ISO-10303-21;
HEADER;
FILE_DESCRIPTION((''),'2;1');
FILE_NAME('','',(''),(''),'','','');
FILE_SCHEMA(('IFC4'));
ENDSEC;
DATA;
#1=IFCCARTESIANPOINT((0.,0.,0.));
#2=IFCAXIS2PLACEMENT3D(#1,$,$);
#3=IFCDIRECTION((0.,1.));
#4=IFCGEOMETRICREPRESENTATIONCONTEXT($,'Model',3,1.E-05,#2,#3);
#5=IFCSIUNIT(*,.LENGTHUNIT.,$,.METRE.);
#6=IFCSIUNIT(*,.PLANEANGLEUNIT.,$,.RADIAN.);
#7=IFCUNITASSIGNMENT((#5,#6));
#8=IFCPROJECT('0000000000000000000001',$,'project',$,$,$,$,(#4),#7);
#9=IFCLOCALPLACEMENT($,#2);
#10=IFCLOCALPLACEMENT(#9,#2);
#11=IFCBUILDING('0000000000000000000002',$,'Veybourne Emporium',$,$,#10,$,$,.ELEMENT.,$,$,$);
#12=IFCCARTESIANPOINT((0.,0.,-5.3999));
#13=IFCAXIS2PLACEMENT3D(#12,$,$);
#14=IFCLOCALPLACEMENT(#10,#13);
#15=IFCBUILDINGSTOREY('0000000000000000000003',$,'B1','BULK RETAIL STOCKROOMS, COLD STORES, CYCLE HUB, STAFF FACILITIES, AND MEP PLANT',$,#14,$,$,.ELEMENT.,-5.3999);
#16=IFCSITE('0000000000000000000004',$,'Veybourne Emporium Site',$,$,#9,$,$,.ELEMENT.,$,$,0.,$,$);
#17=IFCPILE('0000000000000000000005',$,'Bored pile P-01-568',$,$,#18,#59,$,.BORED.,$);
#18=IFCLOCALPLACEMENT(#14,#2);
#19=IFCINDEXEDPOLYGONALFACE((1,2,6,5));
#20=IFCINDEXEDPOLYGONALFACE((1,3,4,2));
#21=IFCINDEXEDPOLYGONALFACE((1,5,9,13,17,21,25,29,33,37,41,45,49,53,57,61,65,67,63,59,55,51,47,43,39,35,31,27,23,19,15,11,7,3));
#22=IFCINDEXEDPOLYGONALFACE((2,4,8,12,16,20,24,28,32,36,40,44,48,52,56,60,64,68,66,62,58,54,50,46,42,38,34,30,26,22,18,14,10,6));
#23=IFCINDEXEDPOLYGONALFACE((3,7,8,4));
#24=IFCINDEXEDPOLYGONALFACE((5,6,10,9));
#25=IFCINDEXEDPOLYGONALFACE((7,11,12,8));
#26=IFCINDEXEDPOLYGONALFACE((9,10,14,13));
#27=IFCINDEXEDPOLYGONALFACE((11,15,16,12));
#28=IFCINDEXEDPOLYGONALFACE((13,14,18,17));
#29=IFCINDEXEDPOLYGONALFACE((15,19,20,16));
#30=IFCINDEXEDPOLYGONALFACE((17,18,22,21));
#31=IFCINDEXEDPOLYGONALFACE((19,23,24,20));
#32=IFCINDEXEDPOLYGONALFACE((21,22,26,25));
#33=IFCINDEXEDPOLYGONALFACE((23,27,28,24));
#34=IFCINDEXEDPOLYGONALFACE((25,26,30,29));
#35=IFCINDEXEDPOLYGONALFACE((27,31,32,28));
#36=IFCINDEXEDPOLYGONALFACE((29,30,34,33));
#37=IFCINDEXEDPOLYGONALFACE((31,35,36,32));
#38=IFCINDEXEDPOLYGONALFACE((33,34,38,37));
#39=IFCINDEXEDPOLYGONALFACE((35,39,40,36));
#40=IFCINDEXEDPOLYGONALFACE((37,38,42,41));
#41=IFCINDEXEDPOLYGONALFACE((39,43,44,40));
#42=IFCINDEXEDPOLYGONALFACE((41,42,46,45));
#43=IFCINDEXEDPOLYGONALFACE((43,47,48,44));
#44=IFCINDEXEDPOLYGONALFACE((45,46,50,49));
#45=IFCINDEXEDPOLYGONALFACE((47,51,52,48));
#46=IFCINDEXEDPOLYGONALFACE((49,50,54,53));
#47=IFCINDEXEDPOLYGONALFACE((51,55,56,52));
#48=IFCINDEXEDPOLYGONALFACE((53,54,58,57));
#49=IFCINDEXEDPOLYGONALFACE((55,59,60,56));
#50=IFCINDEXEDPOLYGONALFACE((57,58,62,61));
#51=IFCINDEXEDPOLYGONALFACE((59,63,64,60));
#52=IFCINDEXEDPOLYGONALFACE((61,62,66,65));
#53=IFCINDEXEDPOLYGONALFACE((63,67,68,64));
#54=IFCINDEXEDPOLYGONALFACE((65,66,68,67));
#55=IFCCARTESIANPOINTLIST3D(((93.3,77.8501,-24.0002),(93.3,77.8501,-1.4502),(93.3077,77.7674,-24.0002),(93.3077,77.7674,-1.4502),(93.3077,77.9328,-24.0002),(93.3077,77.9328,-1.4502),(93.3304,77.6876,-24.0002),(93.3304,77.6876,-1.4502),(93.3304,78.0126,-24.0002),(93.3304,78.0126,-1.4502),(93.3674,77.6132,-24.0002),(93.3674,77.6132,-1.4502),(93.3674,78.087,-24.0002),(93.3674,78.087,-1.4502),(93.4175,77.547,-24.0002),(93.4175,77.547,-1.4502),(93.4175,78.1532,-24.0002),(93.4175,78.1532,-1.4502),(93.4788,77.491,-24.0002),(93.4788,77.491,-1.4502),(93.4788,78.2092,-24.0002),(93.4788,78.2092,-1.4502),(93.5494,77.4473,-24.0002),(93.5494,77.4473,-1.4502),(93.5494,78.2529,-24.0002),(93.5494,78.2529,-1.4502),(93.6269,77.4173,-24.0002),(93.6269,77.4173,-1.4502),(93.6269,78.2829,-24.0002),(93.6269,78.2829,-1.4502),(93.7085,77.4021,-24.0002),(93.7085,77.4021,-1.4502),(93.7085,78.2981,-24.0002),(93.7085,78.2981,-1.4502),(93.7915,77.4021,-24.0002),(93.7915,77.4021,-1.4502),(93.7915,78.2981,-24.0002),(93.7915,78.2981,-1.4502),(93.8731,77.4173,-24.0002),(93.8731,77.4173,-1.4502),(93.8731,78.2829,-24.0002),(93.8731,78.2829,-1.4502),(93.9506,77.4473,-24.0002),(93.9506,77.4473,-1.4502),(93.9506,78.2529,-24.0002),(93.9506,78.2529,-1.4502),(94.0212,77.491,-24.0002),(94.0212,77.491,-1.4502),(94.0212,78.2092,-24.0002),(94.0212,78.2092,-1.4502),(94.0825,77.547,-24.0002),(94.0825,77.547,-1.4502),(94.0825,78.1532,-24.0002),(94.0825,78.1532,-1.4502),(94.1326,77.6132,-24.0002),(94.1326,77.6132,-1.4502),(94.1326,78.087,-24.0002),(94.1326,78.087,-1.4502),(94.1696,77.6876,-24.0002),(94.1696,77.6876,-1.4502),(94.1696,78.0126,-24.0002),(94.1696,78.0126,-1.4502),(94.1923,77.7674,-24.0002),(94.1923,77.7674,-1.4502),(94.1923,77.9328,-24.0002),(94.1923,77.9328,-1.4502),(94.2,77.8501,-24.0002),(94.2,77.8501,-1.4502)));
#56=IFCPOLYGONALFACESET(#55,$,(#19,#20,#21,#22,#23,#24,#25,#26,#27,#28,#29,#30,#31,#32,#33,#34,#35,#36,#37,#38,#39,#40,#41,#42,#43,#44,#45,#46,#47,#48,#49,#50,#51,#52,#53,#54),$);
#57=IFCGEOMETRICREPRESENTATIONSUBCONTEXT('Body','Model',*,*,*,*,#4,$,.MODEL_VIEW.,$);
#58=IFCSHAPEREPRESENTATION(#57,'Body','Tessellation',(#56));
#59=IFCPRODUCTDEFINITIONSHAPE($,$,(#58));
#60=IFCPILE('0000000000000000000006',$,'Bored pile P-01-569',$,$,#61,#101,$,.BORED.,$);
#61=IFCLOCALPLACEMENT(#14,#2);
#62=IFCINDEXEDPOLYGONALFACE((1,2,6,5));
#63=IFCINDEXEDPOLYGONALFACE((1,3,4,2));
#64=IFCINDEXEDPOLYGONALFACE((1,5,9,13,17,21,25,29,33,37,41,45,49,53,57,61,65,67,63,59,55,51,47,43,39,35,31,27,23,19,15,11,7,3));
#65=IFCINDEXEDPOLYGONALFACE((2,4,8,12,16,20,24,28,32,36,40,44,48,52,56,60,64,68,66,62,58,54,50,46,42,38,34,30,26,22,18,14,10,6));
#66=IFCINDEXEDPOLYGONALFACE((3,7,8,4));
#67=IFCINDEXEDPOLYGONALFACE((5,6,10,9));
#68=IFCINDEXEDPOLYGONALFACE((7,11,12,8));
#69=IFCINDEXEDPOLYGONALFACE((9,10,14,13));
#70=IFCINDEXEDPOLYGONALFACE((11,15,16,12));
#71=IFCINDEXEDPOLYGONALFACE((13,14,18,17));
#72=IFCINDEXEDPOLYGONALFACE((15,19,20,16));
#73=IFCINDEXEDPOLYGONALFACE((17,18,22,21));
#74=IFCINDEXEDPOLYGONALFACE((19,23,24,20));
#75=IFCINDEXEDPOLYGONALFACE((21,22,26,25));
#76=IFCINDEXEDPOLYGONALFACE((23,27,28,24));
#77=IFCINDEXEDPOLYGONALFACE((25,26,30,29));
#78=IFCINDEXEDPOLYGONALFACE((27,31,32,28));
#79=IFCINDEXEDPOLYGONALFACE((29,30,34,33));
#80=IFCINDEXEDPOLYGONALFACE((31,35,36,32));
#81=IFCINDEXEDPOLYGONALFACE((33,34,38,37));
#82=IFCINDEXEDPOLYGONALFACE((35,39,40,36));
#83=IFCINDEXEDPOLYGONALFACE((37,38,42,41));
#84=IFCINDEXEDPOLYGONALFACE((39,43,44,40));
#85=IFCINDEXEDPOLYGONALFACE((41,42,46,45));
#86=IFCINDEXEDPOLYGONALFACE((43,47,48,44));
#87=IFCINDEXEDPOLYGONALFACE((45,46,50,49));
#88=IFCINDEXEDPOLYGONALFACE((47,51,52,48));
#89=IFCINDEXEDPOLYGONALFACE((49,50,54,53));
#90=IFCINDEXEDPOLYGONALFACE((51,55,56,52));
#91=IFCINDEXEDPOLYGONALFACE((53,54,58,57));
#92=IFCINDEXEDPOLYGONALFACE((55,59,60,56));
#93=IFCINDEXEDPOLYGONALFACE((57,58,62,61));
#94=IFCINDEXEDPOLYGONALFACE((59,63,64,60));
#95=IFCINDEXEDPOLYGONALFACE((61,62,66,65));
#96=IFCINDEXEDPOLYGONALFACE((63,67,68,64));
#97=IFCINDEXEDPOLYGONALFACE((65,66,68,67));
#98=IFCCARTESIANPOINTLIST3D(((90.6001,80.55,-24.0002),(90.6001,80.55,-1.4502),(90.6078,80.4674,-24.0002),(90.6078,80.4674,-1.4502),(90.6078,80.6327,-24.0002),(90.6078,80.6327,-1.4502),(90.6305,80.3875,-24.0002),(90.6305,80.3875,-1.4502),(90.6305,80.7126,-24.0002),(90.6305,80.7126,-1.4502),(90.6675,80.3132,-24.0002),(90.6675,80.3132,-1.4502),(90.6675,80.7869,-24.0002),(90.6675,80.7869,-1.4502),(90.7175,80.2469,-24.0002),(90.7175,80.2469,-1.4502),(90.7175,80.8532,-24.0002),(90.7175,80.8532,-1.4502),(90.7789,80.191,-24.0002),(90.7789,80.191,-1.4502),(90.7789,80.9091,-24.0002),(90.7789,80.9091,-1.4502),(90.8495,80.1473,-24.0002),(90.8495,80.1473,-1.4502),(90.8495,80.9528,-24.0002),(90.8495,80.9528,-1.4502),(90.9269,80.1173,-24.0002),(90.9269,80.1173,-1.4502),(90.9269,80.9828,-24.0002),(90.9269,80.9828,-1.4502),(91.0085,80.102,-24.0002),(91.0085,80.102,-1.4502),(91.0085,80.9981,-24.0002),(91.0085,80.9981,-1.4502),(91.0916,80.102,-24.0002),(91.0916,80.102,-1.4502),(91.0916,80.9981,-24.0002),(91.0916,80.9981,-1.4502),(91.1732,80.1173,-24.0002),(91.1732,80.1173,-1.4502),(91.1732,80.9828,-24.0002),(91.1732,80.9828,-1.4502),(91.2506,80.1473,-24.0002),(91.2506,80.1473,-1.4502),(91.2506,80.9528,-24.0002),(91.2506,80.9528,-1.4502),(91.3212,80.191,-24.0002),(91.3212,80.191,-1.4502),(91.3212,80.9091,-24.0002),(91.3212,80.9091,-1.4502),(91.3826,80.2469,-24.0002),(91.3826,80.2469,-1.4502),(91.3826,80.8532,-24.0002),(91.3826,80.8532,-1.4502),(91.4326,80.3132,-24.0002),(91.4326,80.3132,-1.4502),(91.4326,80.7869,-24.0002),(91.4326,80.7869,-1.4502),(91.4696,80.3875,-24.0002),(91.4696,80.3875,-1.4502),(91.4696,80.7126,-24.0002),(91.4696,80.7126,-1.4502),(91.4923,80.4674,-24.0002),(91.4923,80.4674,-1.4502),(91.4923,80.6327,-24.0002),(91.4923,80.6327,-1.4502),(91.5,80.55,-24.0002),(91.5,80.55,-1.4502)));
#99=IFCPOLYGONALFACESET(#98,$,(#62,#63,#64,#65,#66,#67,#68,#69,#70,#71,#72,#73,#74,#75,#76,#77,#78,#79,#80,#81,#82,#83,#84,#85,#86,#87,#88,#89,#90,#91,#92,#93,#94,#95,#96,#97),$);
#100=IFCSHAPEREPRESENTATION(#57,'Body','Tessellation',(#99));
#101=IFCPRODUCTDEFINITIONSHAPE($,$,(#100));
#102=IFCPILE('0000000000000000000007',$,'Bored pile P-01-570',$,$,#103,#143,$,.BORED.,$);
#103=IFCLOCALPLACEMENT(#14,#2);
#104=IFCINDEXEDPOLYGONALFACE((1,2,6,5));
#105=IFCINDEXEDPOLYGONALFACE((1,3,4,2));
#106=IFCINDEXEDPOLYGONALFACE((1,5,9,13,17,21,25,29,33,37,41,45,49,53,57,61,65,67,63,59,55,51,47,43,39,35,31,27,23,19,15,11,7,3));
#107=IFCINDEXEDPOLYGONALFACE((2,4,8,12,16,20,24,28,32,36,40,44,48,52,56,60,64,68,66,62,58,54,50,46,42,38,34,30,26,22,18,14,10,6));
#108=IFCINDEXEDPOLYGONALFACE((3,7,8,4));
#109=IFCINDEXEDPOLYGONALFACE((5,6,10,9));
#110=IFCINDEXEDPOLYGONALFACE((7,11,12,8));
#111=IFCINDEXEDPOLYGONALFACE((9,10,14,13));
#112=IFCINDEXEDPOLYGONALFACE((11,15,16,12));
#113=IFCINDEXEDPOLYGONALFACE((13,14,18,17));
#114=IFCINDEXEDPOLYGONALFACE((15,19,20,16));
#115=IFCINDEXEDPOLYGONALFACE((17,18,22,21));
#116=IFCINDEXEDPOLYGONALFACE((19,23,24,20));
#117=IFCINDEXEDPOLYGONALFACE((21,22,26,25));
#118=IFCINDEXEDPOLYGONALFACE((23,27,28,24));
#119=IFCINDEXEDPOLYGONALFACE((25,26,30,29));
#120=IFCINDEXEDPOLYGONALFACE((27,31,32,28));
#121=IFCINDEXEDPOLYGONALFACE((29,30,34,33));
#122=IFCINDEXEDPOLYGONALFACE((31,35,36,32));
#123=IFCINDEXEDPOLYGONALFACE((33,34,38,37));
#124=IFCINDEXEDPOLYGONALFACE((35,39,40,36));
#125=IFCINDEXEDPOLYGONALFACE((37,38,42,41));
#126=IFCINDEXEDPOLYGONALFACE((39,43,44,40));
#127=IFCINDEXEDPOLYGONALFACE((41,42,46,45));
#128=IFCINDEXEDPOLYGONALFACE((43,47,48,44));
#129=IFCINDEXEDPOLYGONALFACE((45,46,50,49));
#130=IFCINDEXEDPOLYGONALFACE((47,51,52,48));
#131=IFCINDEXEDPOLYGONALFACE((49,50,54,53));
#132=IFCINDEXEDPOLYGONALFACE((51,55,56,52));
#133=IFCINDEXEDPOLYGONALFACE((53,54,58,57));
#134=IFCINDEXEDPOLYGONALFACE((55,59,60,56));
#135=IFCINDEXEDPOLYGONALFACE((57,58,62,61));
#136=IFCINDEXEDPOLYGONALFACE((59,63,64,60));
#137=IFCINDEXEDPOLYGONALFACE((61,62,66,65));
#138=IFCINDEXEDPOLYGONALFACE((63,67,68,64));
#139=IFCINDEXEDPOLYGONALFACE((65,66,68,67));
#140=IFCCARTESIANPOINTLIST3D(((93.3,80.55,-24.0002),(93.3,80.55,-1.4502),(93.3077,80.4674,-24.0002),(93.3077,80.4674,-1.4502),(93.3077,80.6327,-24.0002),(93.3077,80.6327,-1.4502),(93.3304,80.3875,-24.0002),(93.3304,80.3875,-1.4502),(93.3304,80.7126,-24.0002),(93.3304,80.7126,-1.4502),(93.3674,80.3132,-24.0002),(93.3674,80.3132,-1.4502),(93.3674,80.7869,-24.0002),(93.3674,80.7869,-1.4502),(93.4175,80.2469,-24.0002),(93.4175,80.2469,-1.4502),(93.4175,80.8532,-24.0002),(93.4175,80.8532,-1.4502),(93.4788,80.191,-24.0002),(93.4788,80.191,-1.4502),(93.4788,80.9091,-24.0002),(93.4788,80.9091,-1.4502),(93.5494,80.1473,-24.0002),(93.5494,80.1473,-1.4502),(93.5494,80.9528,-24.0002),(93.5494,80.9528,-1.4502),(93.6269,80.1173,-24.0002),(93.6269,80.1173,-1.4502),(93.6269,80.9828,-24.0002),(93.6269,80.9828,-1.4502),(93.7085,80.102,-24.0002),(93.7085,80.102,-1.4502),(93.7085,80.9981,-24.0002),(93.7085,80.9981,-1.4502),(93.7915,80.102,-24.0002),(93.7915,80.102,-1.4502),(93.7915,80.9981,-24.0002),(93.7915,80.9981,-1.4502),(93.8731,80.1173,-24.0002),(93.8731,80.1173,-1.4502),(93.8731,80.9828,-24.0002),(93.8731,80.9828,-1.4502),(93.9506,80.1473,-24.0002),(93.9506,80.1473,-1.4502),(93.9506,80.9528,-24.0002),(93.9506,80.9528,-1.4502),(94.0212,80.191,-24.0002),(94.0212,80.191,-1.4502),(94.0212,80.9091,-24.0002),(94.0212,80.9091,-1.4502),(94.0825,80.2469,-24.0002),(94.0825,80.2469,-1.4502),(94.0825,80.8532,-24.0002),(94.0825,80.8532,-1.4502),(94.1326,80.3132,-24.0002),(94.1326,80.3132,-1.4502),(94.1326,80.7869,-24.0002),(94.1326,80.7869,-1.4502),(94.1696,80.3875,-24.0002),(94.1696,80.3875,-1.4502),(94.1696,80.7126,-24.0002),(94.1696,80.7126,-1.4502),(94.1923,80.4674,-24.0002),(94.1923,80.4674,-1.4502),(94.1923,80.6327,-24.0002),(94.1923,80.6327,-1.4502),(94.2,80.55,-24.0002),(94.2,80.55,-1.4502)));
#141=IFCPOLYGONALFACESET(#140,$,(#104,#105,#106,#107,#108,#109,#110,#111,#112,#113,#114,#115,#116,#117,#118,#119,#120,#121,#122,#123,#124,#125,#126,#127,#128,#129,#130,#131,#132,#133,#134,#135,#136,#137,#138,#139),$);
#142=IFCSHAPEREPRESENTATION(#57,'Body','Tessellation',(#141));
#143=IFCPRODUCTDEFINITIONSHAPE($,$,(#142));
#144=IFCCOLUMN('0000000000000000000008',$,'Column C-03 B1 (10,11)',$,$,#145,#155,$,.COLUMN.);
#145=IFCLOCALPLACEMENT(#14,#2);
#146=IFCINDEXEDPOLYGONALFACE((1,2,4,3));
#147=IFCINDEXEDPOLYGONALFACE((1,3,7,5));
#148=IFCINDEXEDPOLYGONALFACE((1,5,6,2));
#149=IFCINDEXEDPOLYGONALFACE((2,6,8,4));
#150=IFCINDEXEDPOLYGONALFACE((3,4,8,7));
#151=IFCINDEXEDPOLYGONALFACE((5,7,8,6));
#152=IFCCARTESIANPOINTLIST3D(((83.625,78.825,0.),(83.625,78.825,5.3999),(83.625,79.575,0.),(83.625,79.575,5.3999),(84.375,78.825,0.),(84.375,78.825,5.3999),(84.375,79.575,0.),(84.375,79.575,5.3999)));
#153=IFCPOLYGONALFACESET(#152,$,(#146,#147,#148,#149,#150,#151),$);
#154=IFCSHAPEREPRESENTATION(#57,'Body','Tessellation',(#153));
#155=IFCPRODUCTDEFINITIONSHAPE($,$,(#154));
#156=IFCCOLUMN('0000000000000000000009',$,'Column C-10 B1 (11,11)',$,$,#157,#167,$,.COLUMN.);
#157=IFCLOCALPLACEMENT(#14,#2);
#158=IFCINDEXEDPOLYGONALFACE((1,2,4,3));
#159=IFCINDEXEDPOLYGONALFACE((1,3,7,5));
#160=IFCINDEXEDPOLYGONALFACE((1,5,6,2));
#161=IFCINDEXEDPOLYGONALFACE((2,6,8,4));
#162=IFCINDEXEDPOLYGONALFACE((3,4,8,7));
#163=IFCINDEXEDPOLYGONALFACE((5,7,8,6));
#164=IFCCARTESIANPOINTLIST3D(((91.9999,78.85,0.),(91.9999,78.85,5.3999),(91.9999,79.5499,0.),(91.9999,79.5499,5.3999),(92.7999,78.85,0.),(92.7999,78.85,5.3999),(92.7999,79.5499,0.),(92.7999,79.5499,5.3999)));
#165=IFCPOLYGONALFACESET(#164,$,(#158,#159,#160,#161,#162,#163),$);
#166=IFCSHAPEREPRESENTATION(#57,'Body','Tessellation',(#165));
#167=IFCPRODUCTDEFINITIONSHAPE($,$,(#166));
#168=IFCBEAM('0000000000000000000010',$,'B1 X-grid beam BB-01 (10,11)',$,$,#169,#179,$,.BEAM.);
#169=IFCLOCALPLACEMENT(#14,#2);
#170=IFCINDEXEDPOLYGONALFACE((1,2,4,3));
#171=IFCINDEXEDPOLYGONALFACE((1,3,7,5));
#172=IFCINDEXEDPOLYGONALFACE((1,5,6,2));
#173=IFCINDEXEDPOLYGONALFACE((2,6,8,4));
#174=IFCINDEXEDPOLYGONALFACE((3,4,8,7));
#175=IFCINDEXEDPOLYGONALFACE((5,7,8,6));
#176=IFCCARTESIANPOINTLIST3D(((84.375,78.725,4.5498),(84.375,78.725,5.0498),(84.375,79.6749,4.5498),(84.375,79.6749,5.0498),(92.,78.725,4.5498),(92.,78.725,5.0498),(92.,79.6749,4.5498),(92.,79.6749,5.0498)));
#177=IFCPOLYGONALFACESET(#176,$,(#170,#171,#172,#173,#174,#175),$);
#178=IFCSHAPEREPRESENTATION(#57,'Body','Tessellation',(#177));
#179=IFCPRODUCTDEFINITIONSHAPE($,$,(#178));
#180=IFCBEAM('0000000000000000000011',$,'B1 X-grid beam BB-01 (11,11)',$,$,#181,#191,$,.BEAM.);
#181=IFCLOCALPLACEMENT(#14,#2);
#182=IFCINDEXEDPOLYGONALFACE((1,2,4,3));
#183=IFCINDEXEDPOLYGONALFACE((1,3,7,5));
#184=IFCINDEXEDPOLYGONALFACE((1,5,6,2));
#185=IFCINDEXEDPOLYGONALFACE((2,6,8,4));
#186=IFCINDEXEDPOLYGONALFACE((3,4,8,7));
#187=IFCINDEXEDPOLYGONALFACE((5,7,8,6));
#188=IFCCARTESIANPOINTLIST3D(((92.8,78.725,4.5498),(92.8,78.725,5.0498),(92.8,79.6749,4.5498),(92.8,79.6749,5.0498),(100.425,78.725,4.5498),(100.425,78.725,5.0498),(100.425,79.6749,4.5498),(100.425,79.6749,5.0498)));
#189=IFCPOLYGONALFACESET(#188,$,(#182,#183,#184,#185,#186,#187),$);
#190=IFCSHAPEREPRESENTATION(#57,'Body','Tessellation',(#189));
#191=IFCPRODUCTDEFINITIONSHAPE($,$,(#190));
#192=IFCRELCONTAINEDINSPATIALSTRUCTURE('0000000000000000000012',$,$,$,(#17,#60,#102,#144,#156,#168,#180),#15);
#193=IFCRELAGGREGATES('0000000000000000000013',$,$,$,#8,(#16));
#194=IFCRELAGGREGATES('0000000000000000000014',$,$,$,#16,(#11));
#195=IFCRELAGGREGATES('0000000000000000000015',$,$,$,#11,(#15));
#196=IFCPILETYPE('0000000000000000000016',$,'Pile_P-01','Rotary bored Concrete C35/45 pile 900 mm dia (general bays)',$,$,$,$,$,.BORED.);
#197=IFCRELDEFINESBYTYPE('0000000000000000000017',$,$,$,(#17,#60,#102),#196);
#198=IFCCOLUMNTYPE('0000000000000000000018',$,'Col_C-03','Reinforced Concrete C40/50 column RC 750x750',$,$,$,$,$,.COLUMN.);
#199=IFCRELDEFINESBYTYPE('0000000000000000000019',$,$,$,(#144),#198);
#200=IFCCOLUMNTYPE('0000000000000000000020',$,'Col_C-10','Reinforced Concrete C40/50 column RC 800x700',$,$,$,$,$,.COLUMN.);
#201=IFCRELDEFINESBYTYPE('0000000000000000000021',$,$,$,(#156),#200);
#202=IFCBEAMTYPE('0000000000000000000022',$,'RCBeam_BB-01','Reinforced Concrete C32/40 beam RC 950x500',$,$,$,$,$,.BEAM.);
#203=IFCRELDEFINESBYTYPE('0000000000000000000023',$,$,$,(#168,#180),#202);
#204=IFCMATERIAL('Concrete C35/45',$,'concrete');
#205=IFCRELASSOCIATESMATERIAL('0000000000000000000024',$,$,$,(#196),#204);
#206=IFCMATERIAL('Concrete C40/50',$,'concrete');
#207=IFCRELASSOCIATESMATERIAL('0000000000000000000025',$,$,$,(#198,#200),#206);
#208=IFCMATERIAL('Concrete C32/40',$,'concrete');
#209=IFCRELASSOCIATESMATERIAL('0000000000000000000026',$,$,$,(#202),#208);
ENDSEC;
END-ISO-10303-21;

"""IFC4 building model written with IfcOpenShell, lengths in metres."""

from ifc_helpers import new_model, si_unit, direction, frame, origin, origin_2d, place, context, subcontext, project, spatial, rectangle, circle, extrude, material, material_profile, profile_set, type_object, element, save


model = new_model("IFC4")

# Units and contexts
model_context = context("Model", 3, precision=1e-05, world=origin(), true_north=direction((0.0, 1.0)))
body_context = subcontext(model_context, "Body", "Model", "MODEL_VIEW")
ifc_project = project(units=[si_unit("LENGTHUNIT", "METRE"), si_unit("PLANEANGLEUNIT", "RADIAN")], contexts=[model_context])

# Site, building, storey
site_placement = place(None, origin())
site = spatial("IfcSite", under=ifc_project, at=site_placement, Name="Veybourne Emporium Site", CompositionType="ELEMENT", RefElevation=0.0)
building_placement = place(site_placement, origin())
building = spatial("IfcBuilding", under=site, at=building_placement, Name="Veybourne Emporium", CompositionType="ELEMENT")
storey_placement = place(building_placement, frame((0.0, 0.0, -5.3999)))
storey = spatial("IfcBuildingStorey", under=building, at=storey_placement, Name="B1", Description="BULK RETAIL STOCKROOMS, COLD STORES, CYCLE HUB, STAFF FACILITIES, AND MEP PLANT", CompositionType="ELEMENT", Elevation=-5.3999)

# Shared definitions
ifc_material_1 = material(Name="Concrete C35/45", Category="concrete")

# Piles
ifc_material_profile_1 = material_profile(ifc_material_1, circle(Radius=0.45, at=origin_2d()), Name="BORED PILE 900")
ifc_profile_set_1 = profile_set([ifc_material_profile_1], Name="Concrete C35/45")
pile_type = type_object("IfcPileType", Name="Pile_P-01", Description="Rotary bored Concrete C35/45 pile 900 mm dia (general bays)", PredefinedType="BORED", material=ifc_profile_set_1)
for number, where, z_axis, x_axis, name in (
    (1, (93.75, 77.8501, -1.4502), (0.0, 0.0, -1.0), (1.0, 0.0, 0.0), "Bored pile P-01-568"),
    (2, (91.05, 80.55, -1.4502), (0.0, 0.0, -1.0), (1.0, 0.0, 0.0), "Bored pile P-01-569"),
    (3, (93.75, 80.55, -1.4502), (0.0, 0.0, -1.0), (1.0, 0.0, 0.0), "Bored pile P-01-570"),
):
    element("IfcPile", number, at=place(storey_placement, frame(where, z_axis=z_axis, x_axis=x_axis)), inside=storey, type_object=pile_type, Name=name, PredefinedType="BORED", context=body_context, shape_type="SweptSolid", body=[
        extrude(circle(Radius=0.45, at=origin_2d()), origin(), (0.0, 0.0, 1.0), 22.55),
    ])

# Columns
ifc_material_2 = material(Name="Concrete C40/50", Category="concrete")
ifc_material_profile_2 = material_profile(ifc_material_2, rectangle(XDim=0.75, YDim=0.75, at=origin_2d()), Name="RC 750x750")
ifc_profile_set_2 = profile_set([ifc_material_profile_2], Name="Concrete C40/50")
column_type_1 = type_object("IfcColumnType", Name="Col_C-03", Description="Reinforced Concrete C40/50 column RC 750x750", PredefinedType="COLUMN", material=ifc_profile_set_2)
column_1_placement = place(storey_placement, frame((84.0, 79.2, 0.0), z_axis=(0.0, 0.0, 1.0), x_axis=(1.0, 0.0, 0.0)))
element("IfcColumn", 4, at=column_1_placement, inside=storey, type_object=column_type_1, Name="Column C-03 B1 (10,11)", PredefinedType="COLUMN", context=body_context, shape_type="SweptSolid", body=[
    extrude(rectangle(XDim=0.75, YDim=0.75, at=origin_2d()), origin(), (0.0, 0.0, 1.0), 5.3999),
])
ifc_material_profile_3 = material_profile(ifc_material_2, rectangle(XDim=0.8, YDim=0.7, at=origin_2d()), Name="RC 800x700")
ifc_profile_set_3 = profile_set([ifc_material_profile_3], Name="Concrete C40/50")
column_type_2 = type_object("IfcColumnType", Name="Col_C-10", Description="Reinforced Concrete C40/50 column RC 800x700", PredefinedType="COLUMN", material=ifc_profile_set_3)
column_2_placement = place(storey_placement, frame((92.3999, 79.2, 0.0), z_axis=(0.0, 0.0, 1.0), x_axis=(1.0, 0.0, 0.0)))
element("IfcColumn", 5, at=column_2_placement, inside=storey, type_object=column_type_2, Name="Column C-10 B1 (11,11)", PredefinedType="COLUMN", context=body_context, shape_type="SweptSolid", body=[
    extrude(rectangle(XDim=0.8, YDim=0.7, at=origin_2d()), origin(), (0.0, 0.0, 1.0), 5.3999),
])

# Beams
ifc_material_3 = material(Name="Concrete C32/40", Category="concrete")
ifc_material_profile_4 = material_profile(ifc_material_3, rectangle(XDim=0.95, YDim=0.5, at=origin_2d()), Name="RC 950x500")
ifc_profile_set_4 = profile_set([ifc_material_profile_4], Name="Concrete C32/40")
beam_type_1 = type_object("IfcBeamType", Name="RCBeam_BB-01", Description="Reinforced Concrete C32/40 beam RC 950x500", PredefinedType="BEAM", material=ifc_profile_set_4)
for number, where, z_axis, x_axis, name in (
    (6, (84.375, 79.2, 4.7998), (1.0, 0.0, 0.0), (0.0, 1.0, 0.0), "B1 X-grid beam BB-01 (10,11)"),
    (7, (92.8, 79.2, 4.7998), (1.0, 0.0, 0.0), (0.0, 1.0, 0.0), "B1 X-grid beam BB-01 (11,11)"),
):
    element("IfcBeam", number, at=place(storey_placement, frame(where, z_axis=z_axis, x_axis=x_axis)), inside=storey, type_object=beam_type_1, Name=name, PredefinedType="BEAM", context=body_context, shape_type="SweptSolid", body=[
        extrude(rectangle(XDim=0.95, YDim=0.5, at=origin_2d()), origin(), (0.0, 0.0, 1.0), 7.625),
    ])

save(model, "model.ifc")
